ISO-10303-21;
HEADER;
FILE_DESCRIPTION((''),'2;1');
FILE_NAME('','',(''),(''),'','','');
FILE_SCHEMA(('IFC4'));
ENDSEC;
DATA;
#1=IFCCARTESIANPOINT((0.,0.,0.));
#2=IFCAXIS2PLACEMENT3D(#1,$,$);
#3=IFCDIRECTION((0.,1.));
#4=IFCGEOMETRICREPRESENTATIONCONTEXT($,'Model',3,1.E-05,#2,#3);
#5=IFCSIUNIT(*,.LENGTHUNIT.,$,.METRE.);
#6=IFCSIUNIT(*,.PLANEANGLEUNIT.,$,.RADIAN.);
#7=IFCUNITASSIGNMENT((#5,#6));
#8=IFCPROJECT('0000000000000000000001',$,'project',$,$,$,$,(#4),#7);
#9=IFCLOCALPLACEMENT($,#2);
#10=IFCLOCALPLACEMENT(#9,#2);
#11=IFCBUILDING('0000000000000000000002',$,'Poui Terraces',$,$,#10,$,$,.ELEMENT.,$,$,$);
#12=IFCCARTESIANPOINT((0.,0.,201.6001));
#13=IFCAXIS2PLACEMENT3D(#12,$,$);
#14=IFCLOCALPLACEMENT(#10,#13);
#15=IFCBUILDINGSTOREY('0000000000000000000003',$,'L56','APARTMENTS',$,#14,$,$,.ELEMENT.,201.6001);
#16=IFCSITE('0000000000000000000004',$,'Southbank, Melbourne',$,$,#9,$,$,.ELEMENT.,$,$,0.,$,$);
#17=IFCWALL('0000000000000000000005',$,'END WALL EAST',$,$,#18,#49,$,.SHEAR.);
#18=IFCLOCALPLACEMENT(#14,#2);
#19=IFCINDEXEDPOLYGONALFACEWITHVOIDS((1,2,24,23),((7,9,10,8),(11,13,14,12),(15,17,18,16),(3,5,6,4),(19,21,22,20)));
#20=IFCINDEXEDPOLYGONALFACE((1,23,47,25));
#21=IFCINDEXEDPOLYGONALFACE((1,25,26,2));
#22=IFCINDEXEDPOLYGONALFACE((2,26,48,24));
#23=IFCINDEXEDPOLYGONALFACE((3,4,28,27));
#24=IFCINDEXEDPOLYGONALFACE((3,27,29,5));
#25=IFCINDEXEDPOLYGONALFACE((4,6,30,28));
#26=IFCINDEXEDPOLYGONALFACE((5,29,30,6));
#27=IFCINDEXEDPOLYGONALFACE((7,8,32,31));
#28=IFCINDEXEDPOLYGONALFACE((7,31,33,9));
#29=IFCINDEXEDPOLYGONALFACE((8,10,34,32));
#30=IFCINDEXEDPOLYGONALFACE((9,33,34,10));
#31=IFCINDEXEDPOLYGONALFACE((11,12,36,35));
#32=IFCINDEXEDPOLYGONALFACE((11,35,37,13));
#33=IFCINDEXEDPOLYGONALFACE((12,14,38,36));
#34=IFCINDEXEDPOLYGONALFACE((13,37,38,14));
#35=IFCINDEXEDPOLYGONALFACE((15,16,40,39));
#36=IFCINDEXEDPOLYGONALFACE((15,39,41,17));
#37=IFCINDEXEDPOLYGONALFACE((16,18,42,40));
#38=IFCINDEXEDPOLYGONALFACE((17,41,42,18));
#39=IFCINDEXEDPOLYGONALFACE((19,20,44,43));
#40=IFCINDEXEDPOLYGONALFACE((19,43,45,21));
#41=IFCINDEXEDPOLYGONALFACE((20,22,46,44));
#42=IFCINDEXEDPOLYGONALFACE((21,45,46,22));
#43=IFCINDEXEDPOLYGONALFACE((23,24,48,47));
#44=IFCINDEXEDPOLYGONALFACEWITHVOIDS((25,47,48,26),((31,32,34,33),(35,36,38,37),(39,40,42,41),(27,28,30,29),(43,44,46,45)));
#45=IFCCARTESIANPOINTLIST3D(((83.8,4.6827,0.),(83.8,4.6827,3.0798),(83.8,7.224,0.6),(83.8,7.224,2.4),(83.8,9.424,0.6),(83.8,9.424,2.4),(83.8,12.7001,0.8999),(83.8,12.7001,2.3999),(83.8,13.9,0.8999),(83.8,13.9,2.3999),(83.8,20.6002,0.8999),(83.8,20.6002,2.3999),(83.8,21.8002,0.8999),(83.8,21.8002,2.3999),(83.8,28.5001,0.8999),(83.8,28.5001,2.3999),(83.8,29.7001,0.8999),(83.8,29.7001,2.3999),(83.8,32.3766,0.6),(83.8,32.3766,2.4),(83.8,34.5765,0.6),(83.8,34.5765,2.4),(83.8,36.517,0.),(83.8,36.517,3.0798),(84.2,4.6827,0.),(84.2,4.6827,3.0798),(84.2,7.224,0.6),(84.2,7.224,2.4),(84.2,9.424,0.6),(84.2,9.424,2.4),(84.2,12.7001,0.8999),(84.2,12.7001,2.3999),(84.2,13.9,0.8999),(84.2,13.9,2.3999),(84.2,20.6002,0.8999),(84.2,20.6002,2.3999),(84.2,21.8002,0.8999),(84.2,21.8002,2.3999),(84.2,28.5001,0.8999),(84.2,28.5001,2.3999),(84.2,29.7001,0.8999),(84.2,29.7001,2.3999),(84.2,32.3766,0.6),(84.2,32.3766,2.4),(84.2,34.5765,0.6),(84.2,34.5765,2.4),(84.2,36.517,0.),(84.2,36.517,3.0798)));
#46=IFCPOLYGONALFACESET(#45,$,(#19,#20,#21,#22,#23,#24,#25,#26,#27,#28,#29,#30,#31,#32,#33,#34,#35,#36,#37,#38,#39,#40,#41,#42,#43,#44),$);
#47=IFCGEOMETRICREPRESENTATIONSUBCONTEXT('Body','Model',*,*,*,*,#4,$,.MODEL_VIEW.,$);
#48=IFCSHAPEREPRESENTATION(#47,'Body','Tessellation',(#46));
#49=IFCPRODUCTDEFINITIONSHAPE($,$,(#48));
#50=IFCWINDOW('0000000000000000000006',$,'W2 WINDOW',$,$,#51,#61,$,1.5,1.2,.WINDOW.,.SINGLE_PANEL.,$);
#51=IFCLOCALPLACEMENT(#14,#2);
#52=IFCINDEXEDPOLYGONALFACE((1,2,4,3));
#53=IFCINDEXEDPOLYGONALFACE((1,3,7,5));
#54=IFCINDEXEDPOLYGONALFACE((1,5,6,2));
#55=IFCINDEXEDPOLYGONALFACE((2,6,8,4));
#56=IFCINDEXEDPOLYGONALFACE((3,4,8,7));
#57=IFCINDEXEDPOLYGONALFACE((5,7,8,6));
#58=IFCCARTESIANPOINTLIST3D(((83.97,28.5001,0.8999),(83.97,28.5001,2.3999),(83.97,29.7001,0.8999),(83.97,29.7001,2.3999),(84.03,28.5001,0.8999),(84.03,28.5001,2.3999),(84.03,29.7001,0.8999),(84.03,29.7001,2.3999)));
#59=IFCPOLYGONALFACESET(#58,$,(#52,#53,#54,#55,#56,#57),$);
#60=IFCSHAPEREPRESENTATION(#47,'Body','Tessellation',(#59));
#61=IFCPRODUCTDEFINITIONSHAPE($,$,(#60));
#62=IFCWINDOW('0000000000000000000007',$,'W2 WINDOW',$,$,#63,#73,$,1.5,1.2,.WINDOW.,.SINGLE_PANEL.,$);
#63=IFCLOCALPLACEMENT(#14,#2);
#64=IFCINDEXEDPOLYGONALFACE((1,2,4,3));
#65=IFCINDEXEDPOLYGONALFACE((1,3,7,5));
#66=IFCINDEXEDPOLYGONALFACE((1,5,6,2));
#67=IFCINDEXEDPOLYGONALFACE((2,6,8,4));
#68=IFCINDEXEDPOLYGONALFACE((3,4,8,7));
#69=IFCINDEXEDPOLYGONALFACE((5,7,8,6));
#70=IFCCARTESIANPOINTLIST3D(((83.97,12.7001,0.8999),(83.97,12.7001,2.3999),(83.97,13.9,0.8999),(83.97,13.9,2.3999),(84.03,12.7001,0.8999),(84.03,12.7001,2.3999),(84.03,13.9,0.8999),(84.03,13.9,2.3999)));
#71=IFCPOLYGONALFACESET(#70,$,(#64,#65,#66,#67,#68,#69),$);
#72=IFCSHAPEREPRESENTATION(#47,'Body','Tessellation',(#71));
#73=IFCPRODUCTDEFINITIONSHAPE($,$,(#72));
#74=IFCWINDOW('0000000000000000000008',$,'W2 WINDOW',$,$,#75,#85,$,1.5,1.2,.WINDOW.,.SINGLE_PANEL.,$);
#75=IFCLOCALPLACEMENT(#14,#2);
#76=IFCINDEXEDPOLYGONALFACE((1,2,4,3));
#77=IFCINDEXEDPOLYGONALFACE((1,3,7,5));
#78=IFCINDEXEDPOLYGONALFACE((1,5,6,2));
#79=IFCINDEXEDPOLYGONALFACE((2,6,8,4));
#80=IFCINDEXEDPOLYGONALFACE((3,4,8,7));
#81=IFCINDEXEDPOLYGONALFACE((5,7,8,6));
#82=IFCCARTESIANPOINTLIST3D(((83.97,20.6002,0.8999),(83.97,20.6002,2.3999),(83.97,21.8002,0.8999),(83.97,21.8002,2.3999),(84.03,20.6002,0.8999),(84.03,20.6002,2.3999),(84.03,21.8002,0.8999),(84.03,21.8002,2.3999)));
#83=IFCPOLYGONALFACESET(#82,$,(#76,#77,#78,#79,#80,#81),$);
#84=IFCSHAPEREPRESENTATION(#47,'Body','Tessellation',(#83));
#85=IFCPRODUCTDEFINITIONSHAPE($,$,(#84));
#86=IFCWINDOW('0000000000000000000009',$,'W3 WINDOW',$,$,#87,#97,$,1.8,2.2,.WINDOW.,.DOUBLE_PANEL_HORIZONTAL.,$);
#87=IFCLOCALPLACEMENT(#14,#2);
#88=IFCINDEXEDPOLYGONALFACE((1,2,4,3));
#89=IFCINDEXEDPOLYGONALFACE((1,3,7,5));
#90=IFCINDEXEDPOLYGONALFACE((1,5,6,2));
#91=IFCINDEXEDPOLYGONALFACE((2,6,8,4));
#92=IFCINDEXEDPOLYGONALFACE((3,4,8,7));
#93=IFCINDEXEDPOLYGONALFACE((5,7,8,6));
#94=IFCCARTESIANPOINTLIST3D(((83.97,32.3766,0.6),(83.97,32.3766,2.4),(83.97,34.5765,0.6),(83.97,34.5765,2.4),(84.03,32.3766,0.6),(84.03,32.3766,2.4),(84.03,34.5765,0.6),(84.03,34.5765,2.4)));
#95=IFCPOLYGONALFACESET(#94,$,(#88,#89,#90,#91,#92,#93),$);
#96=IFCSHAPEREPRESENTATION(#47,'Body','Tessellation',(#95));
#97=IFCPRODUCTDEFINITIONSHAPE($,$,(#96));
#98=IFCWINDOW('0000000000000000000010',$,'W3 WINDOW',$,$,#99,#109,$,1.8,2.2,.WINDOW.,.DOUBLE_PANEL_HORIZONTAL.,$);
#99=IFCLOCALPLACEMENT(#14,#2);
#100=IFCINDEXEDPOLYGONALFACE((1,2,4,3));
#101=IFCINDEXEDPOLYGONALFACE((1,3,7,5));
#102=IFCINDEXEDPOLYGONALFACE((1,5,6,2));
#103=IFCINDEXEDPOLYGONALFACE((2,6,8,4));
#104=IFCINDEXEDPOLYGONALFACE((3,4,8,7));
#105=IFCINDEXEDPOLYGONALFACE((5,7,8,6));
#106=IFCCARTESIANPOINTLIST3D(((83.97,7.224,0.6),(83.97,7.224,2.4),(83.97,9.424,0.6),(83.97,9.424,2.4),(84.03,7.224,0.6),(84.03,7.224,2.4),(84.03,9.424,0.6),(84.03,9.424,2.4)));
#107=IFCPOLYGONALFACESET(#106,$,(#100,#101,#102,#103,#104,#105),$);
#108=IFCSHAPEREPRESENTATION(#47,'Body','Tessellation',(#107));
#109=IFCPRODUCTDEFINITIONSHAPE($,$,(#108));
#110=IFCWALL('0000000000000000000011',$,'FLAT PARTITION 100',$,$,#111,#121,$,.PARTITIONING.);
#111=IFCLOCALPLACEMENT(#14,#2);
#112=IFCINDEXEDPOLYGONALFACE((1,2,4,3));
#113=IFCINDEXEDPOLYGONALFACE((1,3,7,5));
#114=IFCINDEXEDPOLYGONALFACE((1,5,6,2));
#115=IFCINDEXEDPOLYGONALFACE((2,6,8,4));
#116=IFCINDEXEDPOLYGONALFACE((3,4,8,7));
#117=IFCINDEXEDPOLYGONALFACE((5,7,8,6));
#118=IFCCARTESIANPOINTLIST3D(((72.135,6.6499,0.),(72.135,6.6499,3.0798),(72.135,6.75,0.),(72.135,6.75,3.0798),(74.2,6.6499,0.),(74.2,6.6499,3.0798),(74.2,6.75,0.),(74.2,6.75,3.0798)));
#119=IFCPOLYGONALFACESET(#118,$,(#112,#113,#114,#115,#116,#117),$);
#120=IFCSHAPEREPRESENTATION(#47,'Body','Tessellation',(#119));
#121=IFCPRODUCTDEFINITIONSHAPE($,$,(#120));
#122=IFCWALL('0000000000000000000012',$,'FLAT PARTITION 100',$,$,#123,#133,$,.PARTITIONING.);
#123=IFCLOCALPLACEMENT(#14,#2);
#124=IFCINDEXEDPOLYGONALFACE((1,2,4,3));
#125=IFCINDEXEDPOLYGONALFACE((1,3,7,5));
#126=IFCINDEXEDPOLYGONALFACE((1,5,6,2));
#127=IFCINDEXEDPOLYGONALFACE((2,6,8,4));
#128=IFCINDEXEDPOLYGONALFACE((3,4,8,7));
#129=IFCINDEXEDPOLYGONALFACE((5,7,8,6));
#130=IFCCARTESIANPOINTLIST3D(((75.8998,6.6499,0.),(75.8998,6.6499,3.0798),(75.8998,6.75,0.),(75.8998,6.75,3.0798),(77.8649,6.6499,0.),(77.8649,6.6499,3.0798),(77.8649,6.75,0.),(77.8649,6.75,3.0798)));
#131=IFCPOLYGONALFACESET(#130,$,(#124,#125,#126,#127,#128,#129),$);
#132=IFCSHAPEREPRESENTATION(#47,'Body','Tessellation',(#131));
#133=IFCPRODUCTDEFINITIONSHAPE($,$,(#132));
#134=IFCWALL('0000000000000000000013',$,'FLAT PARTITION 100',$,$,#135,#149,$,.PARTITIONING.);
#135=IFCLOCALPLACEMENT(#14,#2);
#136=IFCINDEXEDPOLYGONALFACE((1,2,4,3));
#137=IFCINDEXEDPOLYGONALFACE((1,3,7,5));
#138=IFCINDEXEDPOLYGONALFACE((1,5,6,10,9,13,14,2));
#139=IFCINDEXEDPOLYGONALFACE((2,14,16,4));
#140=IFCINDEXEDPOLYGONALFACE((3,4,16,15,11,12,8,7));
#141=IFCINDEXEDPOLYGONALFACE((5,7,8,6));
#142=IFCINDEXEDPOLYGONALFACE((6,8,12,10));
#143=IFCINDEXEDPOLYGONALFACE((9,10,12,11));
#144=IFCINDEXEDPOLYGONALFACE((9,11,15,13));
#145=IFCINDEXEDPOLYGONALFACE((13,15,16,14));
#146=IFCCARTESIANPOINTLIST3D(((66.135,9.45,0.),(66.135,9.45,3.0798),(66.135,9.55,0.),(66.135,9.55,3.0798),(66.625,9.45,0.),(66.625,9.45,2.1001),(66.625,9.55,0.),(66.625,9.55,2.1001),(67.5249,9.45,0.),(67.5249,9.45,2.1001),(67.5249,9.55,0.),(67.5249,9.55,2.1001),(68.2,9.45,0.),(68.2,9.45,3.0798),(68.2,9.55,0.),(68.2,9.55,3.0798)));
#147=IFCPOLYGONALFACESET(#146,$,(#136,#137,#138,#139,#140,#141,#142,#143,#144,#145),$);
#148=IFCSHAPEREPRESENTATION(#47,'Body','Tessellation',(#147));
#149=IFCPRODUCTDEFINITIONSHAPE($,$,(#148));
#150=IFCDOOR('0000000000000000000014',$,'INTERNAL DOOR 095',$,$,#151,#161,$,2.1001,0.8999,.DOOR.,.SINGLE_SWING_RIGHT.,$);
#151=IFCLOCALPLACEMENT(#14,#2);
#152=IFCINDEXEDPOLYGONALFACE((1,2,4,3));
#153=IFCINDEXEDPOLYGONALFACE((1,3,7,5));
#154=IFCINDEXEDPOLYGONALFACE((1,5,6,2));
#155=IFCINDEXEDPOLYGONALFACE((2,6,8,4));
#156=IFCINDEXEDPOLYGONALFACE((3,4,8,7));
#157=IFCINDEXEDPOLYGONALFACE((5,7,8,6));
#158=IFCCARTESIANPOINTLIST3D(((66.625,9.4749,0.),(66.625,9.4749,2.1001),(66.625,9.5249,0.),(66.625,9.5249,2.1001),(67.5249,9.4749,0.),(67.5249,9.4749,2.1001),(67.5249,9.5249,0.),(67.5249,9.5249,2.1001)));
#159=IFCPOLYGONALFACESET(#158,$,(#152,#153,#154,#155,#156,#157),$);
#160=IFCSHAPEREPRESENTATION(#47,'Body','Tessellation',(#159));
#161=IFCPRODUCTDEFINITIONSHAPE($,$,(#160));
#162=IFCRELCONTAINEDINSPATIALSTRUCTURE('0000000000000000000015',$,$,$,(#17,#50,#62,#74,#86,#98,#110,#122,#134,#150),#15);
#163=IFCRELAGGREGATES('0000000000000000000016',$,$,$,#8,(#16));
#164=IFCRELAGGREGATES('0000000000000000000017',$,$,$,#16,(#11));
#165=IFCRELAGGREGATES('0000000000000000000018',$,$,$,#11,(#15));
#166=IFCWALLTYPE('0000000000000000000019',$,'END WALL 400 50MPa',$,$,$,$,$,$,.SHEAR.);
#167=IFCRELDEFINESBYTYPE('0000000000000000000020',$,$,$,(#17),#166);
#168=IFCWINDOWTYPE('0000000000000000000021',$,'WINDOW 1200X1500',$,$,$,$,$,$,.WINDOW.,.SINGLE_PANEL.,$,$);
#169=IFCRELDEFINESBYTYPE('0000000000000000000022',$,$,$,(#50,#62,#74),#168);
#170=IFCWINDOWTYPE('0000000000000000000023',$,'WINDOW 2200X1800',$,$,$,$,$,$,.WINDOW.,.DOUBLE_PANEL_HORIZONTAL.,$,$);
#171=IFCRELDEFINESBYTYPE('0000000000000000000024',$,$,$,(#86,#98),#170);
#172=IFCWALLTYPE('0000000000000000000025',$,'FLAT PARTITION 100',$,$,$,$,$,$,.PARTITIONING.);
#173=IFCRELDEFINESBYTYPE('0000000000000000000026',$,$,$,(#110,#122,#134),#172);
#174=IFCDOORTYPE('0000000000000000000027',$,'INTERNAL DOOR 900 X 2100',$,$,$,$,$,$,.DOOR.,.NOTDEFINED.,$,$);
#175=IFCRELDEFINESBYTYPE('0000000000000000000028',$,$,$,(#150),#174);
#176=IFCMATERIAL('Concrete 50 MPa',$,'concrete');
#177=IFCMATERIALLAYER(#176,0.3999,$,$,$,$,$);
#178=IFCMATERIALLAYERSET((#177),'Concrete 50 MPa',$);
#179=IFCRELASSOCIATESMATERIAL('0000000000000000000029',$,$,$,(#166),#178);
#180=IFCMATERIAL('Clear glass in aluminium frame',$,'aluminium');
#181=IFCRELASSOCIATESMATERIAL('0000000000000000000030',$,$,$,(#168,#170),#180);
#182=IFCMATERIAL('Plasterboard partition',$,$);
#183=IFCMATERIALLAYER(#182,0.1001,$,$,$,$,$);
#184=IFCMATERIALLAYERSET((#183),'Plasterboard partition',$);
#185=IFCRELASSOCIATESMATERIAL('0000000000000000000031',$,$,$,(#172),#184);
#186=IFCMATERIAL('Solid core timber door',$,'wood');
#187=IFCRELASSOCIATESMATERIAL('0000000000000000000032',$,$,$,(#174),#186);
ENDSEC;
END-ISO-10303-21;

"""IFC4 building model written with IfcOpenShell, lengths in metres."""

from ifc_helpers import new_model, si_unit, direction, frame, frame_2d, origin, place, context, subcontext, project, spatial, rectangle, extrude, material, layer, layer_set, type_object, element, fill, save


model = new_model("IFC4")

# Units and contexts
model_context = context("Model", 3, precision=1e-05, world=origin(), true_north=direction((0.0, 1.0)))
body_context = subcontext(model_context, "Body", "Model", "MODEL_VIEW")
ifc_project = project(units=[si_unit("LENGTHUNIT", "METRE"), si_unit("PLANEANGLEUNIT", "RADIAN")], contexts=[model_context])

# Site, building, storey
site_placement = place(None, origin())
site = spatial("IfcSite", under=ifc_project, at=site_placement, Name="Southbank, Melbourne", CompositionType="ELEMENT", RefElevation=0.0)
building_placement = place(site_placement, origin())
building = spatial("IfcBuilding", under=site, at=building_placement, Name="Poui Terraces", CompositionType="ELEMENT")
storey_placement = place(building_placement, frame((0.0, 0.0, 201.6001)))
storey = spatial("IfcBuildingStorey", under=building, at=storey_placement, Name="L56", Description="APARTMENTS", CompositionType="ELEMENT", Elevation=201.6001)

# Shared definitions
ifc_material_1 = material(Name="Concrete 50 MPa", Category="concrete")

# Wall, openings, windows
ifc_layer_1 = layer(ifc_material_1, 0.3999)
ifc_layer_set_1 = layer_set([ifc_layer_1], Name="Concrete 50 MPa")
wall_type_1 = type_object("IfcWallType", Name="END WALL 400 50MPa", PredefinedType="SHEAR", material=ifc_layer_set_1)
wall_1_placement = place(storey_placement, frame((84.0, 4.6829, 0.0), z_axis=(0.0, 0.0, 1.0), x_axis=(0.0, 1.0, 0.0)))
wall_1 = element("IfcWall", 1, at=wall_1_placement, inside=storey, type_object=wall_type_1, Name="END WALL EAST", PredefinedType="SHEAR", context=body_context, shape_type="SweptSolid", body=[
    extrude(rectangle(XDim=31.8342, YDim=0.3999, at=frame_2d((15.917, 0.0))), origin(), (0.0, 0.0, 1.0), 3.0798),
])
opening_1_placement = place(wall_1_placement, frame((23.8171, 0.0, 0.8999)))
opening_1 = element("IfcOpeningElement", 2, at=opening_1_placement, cuts=wall_1, PredefinedType="OPENING", context=body_context, shape_type="SweptSolid", body=[
    extrude(rectangle(XDim=1.2, YDim=1.5, at=frame_2d((0.6001, 0.75))), frame((0.0, 0.21, 0.0), z_axis=(0.0, -1.0, 0.0), x_axis=(1.0, 0.0, 0.0)), (0.0, 0.0, 1.0), 0.4199),
])
opening_2_placement = place(wall_1_placement, frame((8.0171, 0.0, 0.8999)))
opening_2 = element("IfcOpeningElement", 3, at=opening_2_placement, cuts=wall_1, PredefinedType="OPENING", context=body_context, shape_type="SweptSolid", body=[
    extrude(rectangle(XDim=1.2, YDim=1.5, at=frame_2d((0.6001, 0.75))), frame((0.0, 0.21, 0.0), z_axis=(0.0, -1.0, 0.0), x_axis=(1.0, 0.0, 0.0)), (0.0, 0.0, 1.0), 0.4199),
])
opening_3_placement = place(wall_1_placement, frame((27.6936, 0.0, 0.6001)))
opening_3 = element("IfcOpeningElement", 4, at=opening_3_placement, cuts=wall_1, PredefinedType="OPENING", context=body_context, shape_type="SweptSolid", body=[
    extrude(rectangle(XDim=2.2, YDim=1.8, at=frame_2d((1.1001, 0.8999))), frame((0.0, 0.21, 0.0), z_axis=(0.0, -1.0, 0.0), x_axis=(1.0, 0.0, 0.0)), (0.0, 0.0, 1.0), 0.4199),
])
opening_4_placement = place(wall_1_placement, frame((2.541, 0.0, 0.6001)))
opening_4 = element("IfcOpeningElement", 5, at=opening_4_placement, cuts=wall_1, PredefinedType="OPENING", context=body_context, shape_type="SweptSolid", body=[
    extrude(rectangle(XDim=2.2, YDim=1.8, at=frame_2d((1.1001, 0.8999))), frame((0.0, 0.21, 0.0), z_axis=(0.0, -1.0, 0.0), x_axis=(1.0, 0.0, 0.0)), (0.0, 0.0, 1.0), 0.4199),
])
opening_5_placement = place(wall_1_placement, frame((15.9172, 0.0, 0.8999)))
opening_5 = element("IfcOpeningElement", 6, at=opening_5_placement, cuts=wall_1, PredefinedType="OPENING", context=body_context, shape_type="SweptSolid", body=[
    extrude(rectangle(XDim=1.2, YDim=1.5, at=frame_2d((0.6001, 0.75))), frame((0.0, 0.21, 0.0), z_axis=(0.0, -1.0, 0.0), x_axis=(1.0, 0.0, 0.0)), (0.0, 0.0, 1.0), 0.4199),
])
ifc_material_2 = material(Name="Clear glass in aluminium frame", Category="aluminium")
window_type_1 = type_object("IfcWindowType", Name="WINDOW 1200X1500", PartitioningType="SINGLE_PANEL", PredefinedType="WINDOW", material=ifc_material_2)
window_1_placement = place(opening_1_placement, origin())
window_1 = element("IfcWindow", 7, at=window_1_placement, inside=storey, type_object=window_type_1, Name="W2 WINDOW", OverallHeight=1.5, OverallWidth=1.2, PartitioningType="SINGLE_PANEL", PredefinedType="WINDOW", context=body_context, shape_type="SweptSolid", body=[
    extrude(rectangle(XDim=1.2, YDim=1.5, at=frame_2d((0.6001, 0.75))), frame((0.0, 0.03, 0.0), z_axis=(0.0, -1.0, 0.0), x_axis=(1.0, 0.0, 0.0)), (0.0, 0.0, 1.0), 0.0601),
])
fill(opening_1, window_1)
window_2_placement = place(opening_2_placement, origin())
window_2 = element("IfcWindow", 8, at=window_2_placement, inside=storey, type_object=window_type_1, Name="W2 WINDOW", OverallHeight=1.5, OverallWidth=1.2, PartitioningType="SINGLE_PANEL", PredefinedType="WINDOW", context=body_context, shape_type="SweptSolid", body=[
    extrude(rectangle(XDim=1.2, YDim=1.5, at=frame_2d((0.6001, 0.75))), frame((0.0, 0.03, 0.0), z_axis=(0.0, -1.0, 0.0), x_axis=(1.0, 0.0, 0.0)), (0.0, 0.0, 1.0), 0.0601),
])
fill(opening_2, window_2)
window_3_placement = place(opening_5_placement, origin())
window_3 = element("IfcWindow", 9, at=window_3_placement, inside=storey, type_object=window_type_1, Name="W2 WINDOW", OverallHeight=1.5, OverallWidth=1.2, PartitioningType="SINGLE_PANEL", PredefinedType="WINDOW", context=body_context, shape_type="SweptSolid", body=[
    extrude(rectangle(XDim=1.2, YDim=1.5, at=frame_2d((0.6001, 0.75))), frame((0.0, 0.03, 0.0), z_axis=(0.0, -1.0, 0.0), x_axis=(1.0, 0.0, 0.0)), (0.0, 0.0, 1.0), 0.0601),
])
fill(opening_5, window_3)
window_type_2 = type_object("IfcWindowType", Name="WINDOW 2200X1800", PartitioningType="DOUBLE_PANEL_HORIZONTAL", PredefinedType="WINDOW", material=ifc_material_2)
window_4_placement = place(opening_3_placement, origin())
window_4 = element("IfcWindow", 10, at=window_4_placement, inside=storey, type_object=window_type_2, Name="W3 WINDOW", OverallHeight=1.8, OverallWidth=2.2, PartitioningType="DOUBLE_PANEL_HORIZONTAL", PredefinedType="WINDOW", context=body_context, shape_type="SweptSolid", body=[
    extrude(rectangle(XDim=2.2, YDim=1.8, at=frame_2d((1.1001, 0.8999))), frame((0.0, 0.03, 0.0), z_axis=(0.0, -1.0, 0.0), x_axis=(1.0, 0.0, 0.0)), (0.0, 0.0, 1.0), 0.0601),
])
fill(opening_3, window_4)
window_5_placement = place(opening_4_placement, origin())
window_5 = element("IfcWindow", 11, at=window_5_placement, inside=storey, type_object=window_type_2, Name="W3 WINDOW", OverallHeight=1.8, OverallWidth=2.2, PartitioningType="DOUBLE_PANEL_HORIZONTAL", PredefinedType="WINDOW", context=body_context, shape_type="SweptSolid", body=[
    extrude(rectangle(XDim=2.2, YDim=1.8, at=frame_2d((1.1001, 0.8999))), frame((0.0, 0.03, 0.0), z_axis=(0.0, -1.0, 0.0), x_axis=(1.0, 0.0, 0.0)), (0.0, 0.0, 1.0), 0.0601),
])
fill(opening_4, window_5)

# Walls
ifc_material_3 = material(Name="Plasterboard partition")
ifc_layer_2 = layer(ifc_material_3, 0.1001)
ifc_layer_set_2 = layer_set([ifc_layer_2], Name="Plasterboard partition")
wall_type_2 = type_object("IfcWallType", Name="FLAT PARTITION 100", PredefinedType="PARTITIONING", material=ifc_layer_set_2)
wall_2_placement = place(storey_placement, frame((72.135, 6.7, 0.0), z_axis=(0.0, 0.0, 1.0), x_axis=(1.0, 0.0, 0.0)))
element("IfcWall", 12, at=wall_2_placement, inside=storey, type_object=wall_type_2, Name="FLAT PARTITION 100", PredefinedType="PARTITIONING", context=body_context, shape_type="SweptSolid", body=[
    extrude(rectangle(XDim=2.0649, YDim=0.1001, at=frame_2d((1.0325, 0.0))), origin(), (0.0, 0.0, 1.0), 3.0798),
])
wall_3_placement = place(storey_placement, frame((75.8999, 6.7, 0.0), z_axis=(0.0, 0.0, 1.0), x_axis=(1.0, 0.0, 0.0)))
element("IfcWall", 13, at=wall_3_placement, inside=storey, type_object=wall_type_2, Name="FLAT PARTITION 100", PredefinedType="PARTITIONING", context=body_context, shape_type="SweptSolid", body=[
    extrude(rectangle(XDim=1.9651, YDim=0.1001, at=frame_2d((0.9824, 0.0))), origin(), (0.0, 0.0, 1.0), 3.0798),
])

# Wall, opening, door
wall_4_placement = place(storey_placement, frame((66.135, 9.5, 0.0), z_axis=(0.0, 0.0, 1.0), x_axis=(1.0, 0.0, 0.0)))
wall_4 = element("IfcWall", 14, at=wall_4_placement, inside=storey, type_object=wall_type_2, Name="FLAT PARTITION 100", PredefinedType="PARTITIONING", context=body_context, shape_type="SweptSolid", body=[
    extrude(rectangle(XDim=2.0649, YDim=0.1001, at=frame_2d((1.0325, 0.0))), origin(), (0.0, 0.0, 1.0), 3.0798),
])
opening_6_placement = place(wall_4_placement, frame((0.49, 0.0, 0.0)))
opening_6 = element("IfcOpeningElement", 15, at=opening_6_placement, cuts=wall_4, PredefinedType="OPENING", context=body_context, shape_type="SweptSolid", body=[
    extrude(rectangle(XDim=0.8999, YDim=2.1001, at=frame_2d((0.45, 1.05))), frame((0.0, 0.0601, 0.0), z_axis=(0.0, -1.0, 0.0), x_axis=(1.0, 0.0, 0.0)), (0.0, 0.0, 1.0), 0.1201),
])
ifc_material_4 = material(Name="Solid core timber door", Category="wood")
door_type_1 = type_object("IfcDoorType", Name="INTERNAL DOOR 900 X 2100", OperationType="NOTDEFINED", PredefinedType="DOOR", material=ifc_material_4)
door_1_placement = place(opening_6_placement, origin())
door_1 = element("IfcDoor", 16, at=door_1_placement, inside=storey, type_object=door_type_1, Name="INTERNAL DOOR 095", OperationType="SINGLE_SWING_RIGHT", OverallHeight=2.1001, OverallWidth=0.8999, PredefinedType="DOOR", context=body_context, shape_type="SweptSolid", body=[
    extrude(rectangle(XDim=0.8999, YDim=2.1001, at=frame_2d((0.45, 1.05))), frame((0.0, 0.0249, 0.0), z_axis=(0.0, -1.0, 0.0), x_axis=(1.0, 0.0, 0.0)), (0.0, 0.0, 1.0), 0.05),
])
fill(opening_6, door_1)

save(model, "model.ifc")
